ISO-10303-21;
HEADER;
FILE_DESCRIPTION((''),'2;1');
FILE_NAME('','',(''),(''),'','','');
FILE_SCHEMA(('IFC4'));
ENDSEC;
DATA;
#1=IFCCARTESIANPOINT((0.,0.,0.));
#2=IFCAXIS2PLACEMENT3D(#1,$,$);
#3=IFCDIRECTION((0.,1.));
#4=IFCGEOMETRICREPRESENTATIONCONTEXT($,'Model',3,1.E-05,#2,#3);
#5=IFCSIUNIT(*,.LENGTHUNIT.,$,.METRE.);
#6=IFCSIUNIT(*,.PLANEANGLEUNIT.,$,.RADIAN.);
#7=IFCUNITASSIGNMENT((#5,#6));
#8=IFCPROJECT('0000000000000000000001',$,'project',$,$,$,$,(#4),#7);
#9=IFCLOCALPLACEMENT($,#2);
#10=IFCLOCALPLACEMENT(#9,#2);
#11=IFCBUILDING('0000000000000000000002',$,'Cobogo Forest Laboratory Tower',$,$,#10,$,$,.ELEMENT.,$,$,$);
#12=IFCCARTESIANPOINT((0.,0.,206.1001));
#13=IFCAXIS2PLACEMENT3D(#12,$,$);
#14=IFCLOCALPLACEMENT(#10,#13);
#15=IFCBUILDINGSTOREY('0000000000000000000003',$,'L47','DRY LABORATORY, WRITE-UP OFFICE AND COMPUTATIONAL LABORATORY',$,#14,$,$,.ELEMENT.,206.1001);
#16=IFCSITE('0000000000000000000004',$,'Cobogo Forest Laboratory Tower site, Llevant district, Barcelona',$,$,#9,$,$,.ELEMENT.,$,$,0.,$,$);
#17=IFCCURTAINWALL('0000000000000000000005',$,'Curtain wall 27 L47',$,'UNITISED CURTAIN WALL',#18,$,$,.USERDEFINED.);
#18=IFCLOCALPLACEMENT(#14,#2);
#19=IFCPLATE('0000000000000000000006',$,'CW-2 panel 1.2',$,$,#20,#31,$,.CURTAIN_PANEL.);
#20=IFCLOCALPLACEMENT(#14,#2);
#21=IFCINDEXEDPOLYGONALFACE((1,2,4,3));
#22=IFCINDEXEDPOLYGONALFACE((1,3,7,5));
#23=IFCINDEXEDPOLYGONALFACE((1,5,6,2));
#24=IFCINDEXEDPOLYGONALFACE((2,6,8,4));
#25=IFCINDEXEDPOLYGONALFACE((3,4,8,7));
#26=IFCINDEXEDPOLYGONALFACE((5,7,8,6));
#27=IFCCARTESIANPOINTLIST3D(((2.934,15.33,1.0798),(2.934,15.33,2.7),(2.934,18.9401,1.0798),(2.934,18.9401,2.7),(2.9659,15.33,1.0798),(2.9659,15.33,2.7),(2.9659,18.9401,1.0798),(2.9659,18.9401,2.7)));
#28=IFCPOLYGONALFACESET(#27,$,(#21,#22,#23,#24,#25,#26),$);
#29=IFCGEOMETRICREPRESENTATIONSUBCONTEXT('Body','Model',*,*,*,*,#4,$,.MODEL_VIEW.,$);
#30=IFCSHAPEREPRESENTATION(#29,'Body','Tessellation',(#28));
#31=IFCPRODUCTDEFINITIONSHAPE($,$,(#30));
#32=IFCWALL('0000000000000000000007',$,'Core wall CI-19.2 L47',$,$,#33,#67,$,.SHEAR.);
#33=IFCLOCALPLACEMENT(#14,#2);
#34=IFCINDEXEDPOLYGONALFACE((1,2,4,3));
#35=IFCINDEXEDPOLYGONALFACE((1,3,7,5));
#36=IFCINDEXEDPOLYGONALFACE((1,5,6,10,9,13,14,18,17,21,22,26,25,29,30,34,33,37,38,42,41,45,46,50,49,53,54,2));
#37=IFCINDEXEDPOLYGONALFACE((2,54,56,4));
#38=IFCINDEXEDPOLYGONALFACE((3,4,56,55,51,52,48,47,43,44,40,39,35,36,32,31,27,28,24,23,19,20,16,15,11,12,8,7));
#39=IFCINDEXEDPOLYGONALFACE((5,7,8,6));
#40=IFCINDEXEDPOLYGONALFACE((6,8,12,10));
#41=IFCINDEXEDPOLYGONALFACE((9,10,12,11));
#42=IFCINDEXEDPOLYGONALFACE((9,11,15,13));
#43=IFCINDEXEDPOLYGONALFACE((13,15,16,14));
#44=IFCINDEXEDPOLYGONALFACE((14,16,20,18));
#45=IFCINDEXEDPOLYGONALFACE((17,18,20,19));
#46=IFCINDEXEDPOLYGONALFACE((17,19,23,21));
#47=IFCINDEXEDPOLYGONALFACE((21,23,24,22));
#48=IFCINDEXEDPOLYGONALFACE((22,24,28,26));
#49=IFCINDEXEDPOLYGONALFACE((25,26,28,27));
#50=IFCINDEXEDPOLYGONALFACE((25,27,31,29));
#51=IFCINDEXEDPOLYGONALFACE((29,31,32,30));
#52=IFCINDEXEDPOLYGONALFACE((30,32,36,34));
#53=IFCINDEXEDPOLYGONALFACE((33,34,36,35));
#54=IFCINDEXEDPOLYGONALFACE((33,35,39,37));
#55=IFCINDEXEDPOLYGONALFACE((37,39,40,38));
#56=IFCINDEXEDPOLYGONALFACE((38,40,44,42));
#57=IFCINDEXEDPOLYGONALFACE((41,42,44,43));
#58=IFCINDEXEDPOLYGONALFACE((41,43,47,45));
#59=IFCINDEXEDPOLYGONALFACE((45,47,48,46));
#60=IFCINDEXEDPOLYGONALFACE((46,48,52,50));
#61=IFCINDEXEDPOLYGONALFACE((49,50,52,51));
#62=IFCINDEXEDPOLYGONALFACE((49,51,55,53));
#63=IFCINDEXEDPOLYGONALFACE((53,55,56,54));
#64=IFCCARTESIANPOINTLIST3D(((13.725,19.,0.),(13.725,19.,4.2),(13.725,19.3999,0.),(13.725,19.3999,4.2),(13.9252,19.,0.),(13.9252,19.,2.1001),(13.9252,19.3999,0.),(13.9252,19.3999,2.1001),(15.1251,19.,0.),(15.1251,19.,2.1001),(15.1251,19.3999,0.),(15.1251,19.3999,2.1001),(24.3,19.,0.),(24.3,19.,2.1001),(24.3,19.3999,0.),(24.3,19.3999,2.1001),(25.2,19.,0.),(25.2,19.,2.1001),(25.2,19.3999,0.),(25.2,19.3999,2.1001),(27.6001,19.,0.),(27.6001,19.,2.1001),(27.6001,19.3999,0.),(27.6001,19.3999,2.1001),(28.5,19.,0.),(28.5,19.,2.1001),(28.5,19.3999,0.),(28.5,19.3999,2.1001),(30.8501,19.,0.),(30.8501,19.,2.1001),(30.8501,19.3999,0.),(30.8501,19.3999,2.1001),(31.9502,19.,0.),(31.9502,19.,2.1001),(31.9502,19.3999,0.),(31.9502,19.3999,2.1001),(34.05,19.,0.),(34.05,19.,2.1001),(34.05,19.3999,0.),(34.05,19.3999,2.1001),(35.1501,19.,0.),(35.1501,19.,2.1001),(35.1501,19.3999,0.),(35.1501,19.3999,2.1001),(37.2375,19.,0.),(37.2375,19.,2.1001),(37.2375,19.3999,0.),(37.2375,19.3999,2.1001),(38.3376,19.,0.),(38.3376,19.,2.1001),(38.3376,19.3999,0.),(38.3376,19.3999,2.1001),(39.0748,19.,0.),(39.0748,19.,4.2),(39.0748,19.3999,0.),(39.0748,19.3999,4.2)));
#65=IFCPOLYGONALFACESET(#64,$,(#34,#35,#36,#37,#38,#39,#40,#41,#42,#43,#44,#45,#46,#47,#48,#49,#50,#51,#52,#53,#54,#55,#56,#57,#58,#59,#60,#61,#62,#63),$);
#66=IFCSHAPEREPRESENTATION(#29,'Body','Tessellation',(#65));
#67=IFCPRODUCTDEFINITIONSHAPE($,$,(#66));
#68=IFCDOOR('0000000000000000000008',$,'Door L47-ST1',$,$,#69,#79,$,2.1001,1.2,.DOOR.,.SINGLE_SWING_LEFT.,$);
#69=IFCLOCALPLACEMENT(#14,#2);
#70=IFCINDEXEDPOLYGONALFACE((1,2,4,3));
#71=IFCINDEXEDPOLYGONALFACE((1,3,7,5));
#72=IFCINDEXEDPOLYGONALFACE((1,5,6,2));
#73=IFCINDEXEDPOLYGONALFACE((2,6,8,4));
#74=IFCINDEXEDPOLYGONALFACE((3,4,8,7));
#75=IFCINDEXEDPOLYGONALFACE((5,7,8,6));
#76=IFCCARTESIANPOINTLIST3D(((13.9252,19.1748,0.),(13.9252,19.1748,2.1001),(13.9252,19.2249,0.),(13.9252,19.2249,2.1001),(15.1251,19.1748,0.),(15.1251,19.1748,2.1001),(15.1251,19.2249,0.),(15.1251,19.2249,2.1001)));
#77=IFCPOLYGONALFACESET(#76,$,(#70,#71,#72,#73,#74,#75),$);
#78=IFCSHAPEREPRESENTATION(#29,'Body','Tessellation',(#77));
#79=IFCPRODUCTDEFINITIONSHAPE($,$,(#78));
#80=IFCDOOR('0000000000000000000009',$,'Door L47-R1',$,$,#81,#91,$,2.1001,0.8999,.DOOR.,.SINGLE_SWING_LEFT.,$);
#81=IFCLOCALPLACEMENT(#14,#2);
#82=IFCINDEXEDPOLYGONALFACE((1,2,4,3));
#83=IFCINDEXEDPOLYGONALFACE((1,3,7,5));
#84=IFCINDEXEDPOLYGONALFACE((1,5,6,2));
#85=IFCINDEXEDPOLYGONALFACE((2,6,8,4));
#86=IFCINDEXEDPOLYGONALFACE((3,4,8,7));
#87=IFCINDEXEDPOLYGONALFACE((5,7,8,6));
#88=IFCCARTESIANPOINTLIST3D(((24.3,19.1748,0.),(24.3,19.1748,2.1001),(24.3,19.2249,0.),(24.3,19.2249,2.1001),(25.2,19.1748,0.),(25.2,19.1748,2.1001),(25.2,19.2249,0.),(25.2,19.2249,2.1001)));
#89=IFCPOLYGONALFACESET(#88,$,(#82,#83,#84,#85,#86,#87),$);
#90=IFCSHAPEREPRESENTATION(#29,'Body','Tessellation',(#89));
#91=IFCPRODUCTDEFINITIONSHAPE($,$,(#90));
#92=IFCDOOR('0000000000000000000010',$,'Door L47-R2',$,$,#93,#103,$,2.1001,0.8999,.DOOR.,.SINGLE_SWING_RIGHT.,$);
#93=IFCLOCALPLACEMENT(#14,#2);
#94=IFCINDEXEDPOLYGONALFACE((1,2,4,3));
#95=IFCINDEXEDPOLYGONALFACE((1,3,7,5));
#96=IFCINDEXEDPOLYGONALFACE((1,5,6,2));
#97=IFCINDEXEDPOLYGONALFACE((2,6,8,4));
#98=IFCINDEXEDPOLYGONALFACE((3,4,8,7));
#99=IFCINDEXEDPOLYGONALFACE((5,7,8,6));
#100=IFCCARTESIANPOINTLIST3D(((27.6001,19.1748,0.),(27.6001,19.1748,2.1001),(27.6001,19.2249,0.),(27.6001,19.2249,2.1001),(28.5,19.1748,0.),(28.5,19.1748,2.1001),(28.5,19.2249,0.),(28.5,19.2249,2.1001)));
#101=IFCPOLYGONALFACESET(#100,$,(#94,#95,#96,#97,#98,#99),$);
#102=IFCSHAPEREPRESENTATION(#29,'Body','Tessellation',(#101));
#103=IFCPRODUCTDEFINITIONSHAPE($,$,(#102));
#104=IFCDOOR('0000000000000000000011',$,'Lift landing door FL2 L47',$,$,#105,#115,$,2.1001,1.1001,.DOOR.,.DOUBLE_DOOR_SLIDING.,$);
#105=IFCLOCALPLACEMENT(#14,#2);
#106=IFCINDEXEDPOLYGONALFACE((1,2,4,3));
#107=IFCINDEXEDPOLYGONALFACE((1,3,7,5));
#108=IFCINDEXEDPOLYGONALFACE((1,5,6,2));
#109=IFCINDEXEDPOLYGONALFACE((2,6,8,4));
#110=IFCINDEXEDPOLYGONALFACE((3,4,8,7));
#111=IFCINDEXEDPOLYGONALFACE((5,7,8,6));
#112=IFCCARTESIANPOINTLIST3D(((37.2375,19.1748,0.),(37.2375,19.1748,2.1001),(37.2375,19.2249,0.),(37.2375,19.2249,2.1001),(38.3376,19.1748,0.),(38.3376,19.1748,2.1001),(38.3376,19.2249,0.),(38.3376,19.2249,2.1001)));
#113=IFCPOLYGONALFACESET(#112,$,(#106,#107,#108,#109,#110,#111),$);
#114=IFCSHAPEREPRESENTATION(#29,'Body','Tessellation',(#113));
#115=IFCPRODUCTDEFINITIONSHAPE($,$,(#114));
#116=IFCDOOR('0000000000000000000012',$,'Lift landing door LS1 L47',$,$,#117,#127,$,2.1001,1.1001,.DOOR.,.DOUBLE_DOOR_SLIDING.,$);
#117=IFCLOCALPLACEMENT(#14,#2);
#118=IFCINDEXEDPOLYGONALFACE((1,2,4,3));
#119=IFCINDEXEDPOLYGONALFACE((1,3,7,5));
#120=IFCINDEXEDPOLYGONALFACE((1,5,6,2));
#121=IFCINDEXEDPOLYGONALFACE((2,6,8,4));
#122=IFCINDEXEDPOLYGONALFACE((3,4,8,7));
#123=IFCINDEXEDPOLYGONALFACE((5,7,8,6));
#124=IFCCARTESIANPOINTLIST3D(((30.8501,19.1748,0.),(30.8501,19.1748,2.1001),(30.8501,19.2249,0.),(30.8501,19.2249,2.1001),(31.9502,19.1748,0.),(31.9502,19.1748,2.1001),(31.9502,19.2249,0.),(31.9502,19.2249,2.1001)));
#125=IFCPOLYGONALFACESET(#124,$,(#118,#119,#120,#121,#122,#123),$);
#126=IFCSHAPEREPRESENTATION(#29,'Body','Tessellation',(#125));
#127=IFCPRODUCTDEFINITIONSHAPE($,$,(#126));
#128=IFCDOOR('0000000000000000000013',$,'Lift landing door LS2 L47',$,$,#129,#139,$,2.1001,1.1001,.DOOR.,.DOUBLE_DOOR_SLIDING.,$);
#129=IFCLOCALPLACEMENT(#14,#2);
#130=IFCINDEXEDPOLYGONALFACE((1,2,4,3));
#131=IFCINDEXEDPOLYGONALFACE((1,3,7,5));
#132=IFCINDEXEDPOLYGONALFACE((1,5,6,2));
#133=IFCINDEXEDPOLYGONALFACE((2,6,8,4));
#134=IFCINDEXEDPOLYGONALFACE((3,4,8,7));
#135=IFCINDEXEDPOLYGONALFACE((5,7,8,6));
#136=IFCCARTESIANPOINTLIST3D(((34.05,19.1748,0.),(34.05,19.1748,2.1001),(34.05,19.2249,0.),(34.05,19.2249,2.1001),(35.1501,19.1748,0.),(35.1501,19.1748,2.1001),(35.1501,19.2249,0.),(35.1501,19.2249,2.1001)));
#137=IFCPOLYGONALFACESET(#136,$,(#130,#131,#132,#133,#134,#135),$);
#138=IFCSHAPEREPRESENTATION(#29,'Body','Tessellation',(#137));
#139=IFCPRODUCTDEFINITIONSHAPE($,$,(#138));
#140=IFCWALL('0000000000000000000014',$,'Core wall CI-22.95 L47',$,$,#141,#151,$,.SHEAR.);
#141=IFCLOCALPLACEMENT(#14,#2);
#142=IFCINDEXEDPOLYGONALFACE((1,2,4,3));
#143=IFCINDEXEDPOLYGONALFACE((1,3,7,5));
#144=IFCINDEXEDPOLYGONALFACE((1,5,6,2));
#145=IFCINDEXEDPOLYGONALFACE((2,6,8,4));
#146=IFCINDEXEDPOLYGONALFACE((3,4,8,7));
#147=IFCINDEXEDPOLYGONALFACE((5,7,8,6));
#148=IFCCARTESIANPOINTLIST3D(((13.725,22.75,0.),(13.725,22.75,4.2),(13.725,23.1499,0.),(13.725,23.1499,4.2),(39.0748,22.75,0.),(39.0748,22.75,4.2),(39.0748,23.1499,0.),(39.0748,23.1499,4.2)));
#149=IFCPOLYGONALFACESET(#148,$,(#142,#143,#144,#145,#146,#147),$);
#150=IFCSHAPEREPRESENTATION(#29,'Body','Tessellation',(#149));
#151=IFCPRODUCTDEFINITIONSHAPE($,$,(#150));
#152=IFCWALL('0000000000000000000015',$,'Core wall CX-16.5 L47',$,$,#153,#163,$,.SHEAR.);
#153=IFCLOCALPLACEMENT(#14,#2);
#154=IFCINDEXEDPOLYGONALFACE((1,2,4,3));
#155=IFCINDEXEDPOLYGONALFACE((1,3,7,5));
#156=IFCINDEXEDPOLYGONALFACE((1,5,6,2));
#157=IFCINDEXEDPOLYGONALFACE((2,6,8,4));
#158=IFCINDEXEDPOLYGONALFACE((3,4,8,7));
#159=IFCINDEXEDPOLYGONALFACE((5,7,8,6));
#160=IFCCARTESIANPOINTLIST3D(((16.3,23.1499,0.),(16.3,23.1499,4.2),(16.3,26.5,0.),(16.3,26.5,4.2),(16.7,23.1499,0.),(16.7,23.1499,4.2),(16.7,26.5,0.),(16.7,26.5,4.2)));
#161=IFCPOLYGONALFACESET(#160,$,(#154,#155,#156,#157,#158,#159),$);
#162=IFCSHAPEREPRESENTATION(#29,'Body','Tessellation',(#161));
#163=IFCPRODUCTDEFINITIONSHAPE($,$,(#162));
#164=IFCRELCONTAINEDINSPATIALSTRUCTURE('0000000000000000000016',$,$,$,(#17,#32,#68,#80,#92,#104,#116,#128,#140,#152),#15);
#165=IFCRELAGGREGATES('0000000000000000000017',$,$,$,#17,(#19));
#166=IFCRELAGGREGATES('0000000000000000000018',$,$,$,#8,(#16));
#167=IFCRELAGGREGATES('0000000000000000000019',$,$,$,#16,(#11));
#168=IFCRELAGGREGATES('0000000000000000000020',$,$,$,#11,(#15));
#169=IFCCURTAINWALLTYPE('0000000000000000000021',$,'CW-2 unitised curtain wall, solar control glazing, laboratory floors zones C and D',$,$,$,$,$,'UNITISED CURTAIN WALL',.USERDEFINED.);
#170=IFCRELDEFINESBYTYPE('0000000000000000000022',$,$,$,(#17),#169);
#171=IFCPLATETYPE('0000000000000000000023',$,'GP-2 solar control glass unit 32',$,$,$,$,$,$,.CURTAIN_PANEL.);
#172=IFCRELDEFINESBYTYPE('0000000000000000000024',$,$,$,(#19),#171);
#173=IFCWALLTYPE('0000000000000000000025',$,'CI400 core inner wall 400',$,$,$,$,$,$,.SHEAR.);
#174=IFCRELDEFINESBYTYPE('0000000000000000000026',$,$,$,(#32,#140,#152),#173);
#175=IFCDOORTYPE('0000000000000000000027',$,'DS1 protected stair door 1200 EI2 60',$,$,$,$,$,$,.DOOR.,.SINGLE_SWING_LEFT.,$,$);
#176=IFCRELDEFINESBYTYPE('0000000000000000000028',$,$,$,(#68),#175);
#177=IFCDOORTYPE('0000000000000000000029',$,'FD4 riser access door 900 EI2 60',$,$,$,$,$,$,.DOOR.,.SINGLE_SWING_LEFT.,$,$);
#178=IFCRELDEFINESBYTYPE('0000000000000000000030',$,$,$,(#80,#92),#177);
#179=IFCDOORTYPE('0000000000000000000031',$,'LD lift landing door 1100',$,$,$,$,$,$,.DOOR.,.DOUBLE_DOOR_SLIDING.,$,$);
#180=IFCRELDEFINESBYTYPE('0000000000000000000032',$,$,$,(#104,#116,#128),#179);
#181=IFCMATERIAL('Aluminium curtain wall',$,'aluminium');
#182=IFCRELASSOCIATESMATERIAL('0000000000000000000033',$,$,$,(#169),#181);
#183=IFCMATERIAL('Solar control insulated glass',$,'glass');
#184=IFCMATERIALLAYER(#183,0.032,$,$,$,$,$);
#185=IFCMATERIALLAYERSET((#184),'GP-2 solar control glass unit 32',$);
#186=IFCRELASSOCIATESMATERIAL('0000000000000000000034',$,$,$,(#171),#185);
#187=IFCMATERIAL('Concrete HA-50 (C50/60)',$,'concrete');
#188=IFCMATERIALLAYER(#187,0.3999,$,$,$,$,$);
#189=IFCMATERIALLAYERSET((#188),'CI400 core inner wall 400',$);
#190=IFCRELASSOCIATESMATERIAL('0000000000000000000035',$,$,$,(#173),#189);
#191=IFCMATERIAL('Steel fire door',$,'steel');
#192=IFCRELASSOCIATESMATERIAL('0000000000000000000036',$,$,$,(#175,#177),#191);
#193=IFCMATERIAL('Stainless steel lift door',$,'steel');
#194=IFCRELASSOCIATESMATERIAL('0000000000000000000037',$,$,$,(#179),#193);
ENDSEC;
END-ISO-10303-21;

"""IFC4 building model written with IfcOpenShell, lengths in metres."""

from ifc_helpers import new_model, si_unit, direction, frame, frame_2d, origin, origin_2d, place, context, subcontext, project, spatial, rectangle, extrude, material, layer, layer_set, type_object, element, fill, aggregate, save


model = new_model("IFC4")

# Units and contexts
model_context = context("Model", 3, precision=1e-05, world=origin(), true_north=direction((0.0, 1.0)))
body_context = subcontext(model_context, "Body", "Model", "MODEL_VIEW")
ifc_project = project(units=[si_unit("LENGTHUNIT", "METRE"), si_unit("PLANEANGLEUNIT", "RADIAN")], contexts=[model_context])

# Site, building, storey
site_placement = place(None, origin())
site = spatial("IfcSite", under=ifc_project, at=site_placement, Name="Cobogo Forest Laboratory Tower site, Llevant district, Barcelona", CompositionType="ELEMENT", RefElevation=0.0)
building_placement = place(site_placement, origin())
building = spatial("IfcBuilding", under=site, at=building_placement, Name="Cobogo Forest Laboratory Tower", CompositionType="ELEMENT")
storey_placement = place(building_placement, frame((0.0, 0.0, 206.1001)))
storey = spatial("IfcBuildingStorey", under=building, at=storey_placement, Name="L47", Description="DRY LABORATORY, WRITE-UP OFFICE AND COMPUTATIONAL LABORATORY", CompositionType="ELEMENT", Elevation=206.1001)

# Shared definitions
ifc_material_1 = material(Name="Concrete HA-50 (C50/60)", Category="concrete")

# Shared definitions
ifc_material_2 = material(Name="Aluminium curtain wall", Category="aluminium")
curtain_wall_type = type_object("IfcCurtainWallType", Name="CW-2 unitised curtain wall, solar control glazing, laboratory floors zones C and D", ElementType="UNITISED CURTAIN WALL", PredefinedType="USERDEFINED", material=ifc_material_2)

# Curtain wall
curtain_wall_1_placement = place(storey_placement, origin())
curtain_wall_1 = element("IfcCurtainWall", 1, at=curtain_wall_1_placement, inside=storey, type_object=curtain_wall_type, Name="Curtain wall 27 L47", ObjectType="UNITISED CURTAIN WALL", PredefinedType="USERDEFINED")

# Plate
ifc_material_3 = material(Name="Solar control insulated glass", Category="glass")
ifc_layer_1 = layer(ifc_material_3, 0.032)
ifc_layer_set_1 = layer_set([ifc_layer_1], Name="GP-2 solar control glass unit 32")
plate_type_1 = type_object("IfcPlateType", Name="GP-2 solar control glass unit 32", PredefinedType="CURTAIN_PANEL", material=ifc_layer_set_1)
plate_1_placement = place(storey_placement, frame((2.95, 17.135, 1.0798), z_axis=(0.0, 0.0, 1.0), x_axis=(0.0, -1.0, 0.0)))
plate_1 = element("IfcPlate", 2, at=plate_1_placement, type_object=plate_type_1, Name="CW-2 panel 1.2", PredefinedType="CURTAIN_PANEL", context=body_context, shape_type="SweptSolid", body=[
    extrude(rectangle(XDim=3.6101, YDim=0.032, at=origin_2d()), origin(), (0.0, 0.0, 1.0), 1.6201),
])
aggregate(curtain_wall_1, [plate_1])

# Wall, openings, doors
ifc_layer_2 = layer(ifc_material_1, 0.3999)
ifc_layer_set_2 = layer_set([ifc_layer_2], Name="CI400 core inner wall 400")
wall_type_1 = type_object("IfcWallType", Name="CI400 core inner wall 400", PredefinedType="SHEAR", material=ifc_layer_set_2)
wall_1_placement = place(storey_placement, frame((13.7251, 19.2, 0.0), z_axis=(0.0, 0.0, 1.0), x_axis=(1.0, 0.0, 0.0)))
wall_1 = element("IfcWall", 3, at=wall_1_placement, inside=storey, type_object=wall_type_1, Name="Core wall CI-19.2 L47", PredefinedType="SHEAR", context=body_context, shape_type="SweptSolid", body=[
    extrude(rectangle(XDim=25.3499, YDim=0.3999, at=frame_2d((12.6748, 0.0))), origin(), (0.0, 0.0, 1.0), 4.2),
])
opening_1_placement = place(wall_1_placement, frame((10.575, 0.0, 0.0)))
opening_1 = element("IfcOpeningElement", 4, at=opening_1_placement, cuts=wall_1, PredefinedType="OPENING", context=body_context, shape_type="SweptSolid", body=[
    extrude(rectangle(XDim=0.8999, YDim=2.1001, at=frame_2d((0.45, 1.05))), frame((0.0, 0.21, 0.0), z_axis=(0.0, -1.0, 0.0), x_axis=(1.0, 0.0, 0.0)), (0.0, 0.0, 1.0), 0.4199),
])
opening_2_placement = place(wall_1_placement, frame((13.875, 0.0, 0.0)))
opening_2 = element("IfcOpeningElement", 5, at=opening_2_placement, cuts=wall_1, PredefinedType="OPENING", context=body_context, shape_type="SweptSolid", body=[
    extrude(rectangle(XDim=0.8999, YDim=2.1001, at=frame_2d((0.45, 1.05))), frame((0.0, 0.21, 0.0), z_axis=(0.0, -1.0, 0.0), x_axis=(1.0, 0.0, 0.0)), (0.0, 0.0, 1.0), 0.4199),
])
opening_3_placement = place(wall_1_placement, frame((0.2, 0.0, 0.0)))
opening_3 = element("IfcOpeningElement", 6, at=opening_3_placement, cuts=wall_1, PredefinedType="OPENING", context=body_context, shape_type="SweptSolid", body=[
    extrude(rectangle(XDim=1.2, YDim=2.1001, at=frame_2d((0.6001, 1.05))), frame((0.0, 0.21, 0.0), z_axis=(0.0, -1.0, 0.0), x_axis=(1.0, 0.0, 0.0)), (0.0, 0.0, 1.0), 0.4199),
])
opening_4_placement = place(wall_1_placement, frame((23.5125, 0.0, 0.0)))
opening_4 = element("IfcOpeningElement", 7, at=opening_4_placement, cuts=wall_1, PredefinedType="OPENING", context=body_context, shape_type="SweptSolid", body=[
    extrude(rectangle(XDim=1.1001, YDim=2.1001, at=frame_2d((0.55, 1.05))), frame((0.0, 0.21, 0.0), z_axis=(0.0, -1.0, 0.0), x_axis=(1.0, 0.0, 0.0)), (0.0, 0.0, 1.0), 0.4199),
])
opening_5_placement = place(wall_1_placement, frame((17.125, 0.0, 0.0)))
opening_5 = element("IfcOpeningElement", 8, at=opening_5_placement, cuts=wall_1, PredefinedType="OPENING", context=body_context, shape_type="SweptSolid", body=[
    extrude(rectangle(XDim=1.1001, YDim=2.1001, at=frame_2d((0.55, 1.05))), frame((0.0, 0.21, 0.0), z_axis=(0.0, -1.0, 0.0), x_axis=(1.0, 0.0, 0.0)), (0.0, 0.0, 1.0), 0.4199),
])
opening_6_placement = place(wall_1_placement, frame((20.325, 0.0, 0.0)))
opening_6 = element("IfcOpeningElement", 9, at=opening_6_placement, cuts=wall_1, PredefinedType="OPENING", context=body_context, shape_type="SweptSolid", body=[
    extrude(rectangle(XDim=1.1001, YDim=2.1001, at=frame_2d((0.55, 1.05))), frame((0.0, 0.21, 0.0), z_axis=(0.0, -1.0, 0.0), x_axis=(1.0, 0.0, 0.0)), (0.0, 0.0, 1.0), 0.4199),
])
ifc_material_4 = material(Name="Steel fire door", Category="steel")
door_type_1 = type_object("IfcDoorType", Name="DS1 protected stair door 1200 EI2 60", OperationType="SINGLE_SWING_LEFT", PredefinedType="DOOR", material=ifc_material_4)
door_1_placement = place(opening_3_placement, origin())
door_1 = element("IfcDoor", 10, at=door_1_placement, inside=storey, type_object=door_type_1, Name="Door L47-ST1", OperationType="SINGLE_SWING_LEFT", OverallHeight=2.1001, OverallWidth=1.2, PredefinedType="DOOR", context=body_context, shape_type="SweptSolid", body=[
    extrude(rectangle(XDim=1.2, YDim=2.1001, at=frame_2d((0.6001, 1.05))), frame((0.0, 0.0249, 0.0), z_axis=(0.0, -1.0, 0.0), x_axis=(1.0, 0.0, 0.0)), (0.0, 0.0, 1.0), 0.05),
])
fill(opening_3, door_1)
door_type_2 = type_object("IfcDoorType", Name="FD4 riser access door 900 EI2 60", OperationType="SINGLE_SWING_LEFT", PredefinedType="DOOR", material=ifc_material_4)
door_2_placement = place(opening_1_placement, origin())
door_2 = element("IfcDoor", 11, at=door_2_placement, inside=storey, type_object=door_type_2, Name="Door L47-R1", OperationType="SINGLE_SWING_LEFT", OverallHeight=2.1001, OverallWidth=0.8999, PredefinedType="DOOR", context=body_context, shape_type="SweptSolid", body=[
    extrude(rectangle(XDim=0.8999, YDim=2.1001, at=frame_2d((0.45, 1.05))), frame((0.0, 0.0249, 0.0), z_axis=(0.0, -1.0, 0.0), x_axis=(1.0, 0.0, 0.0)), (0.0, 0.0, 1.0), 0.05),
])
fill(opening_1, door_2)
door_3_placement = place(opening_2_placement, origin())
door_3 = element("IfcDoor", 12, at=door_3_placement, inside=storey, type_object=door_type_2, Name="Door L47-R2", OperationType="SINGLE_SWING_RIGHT", OverallHeight=2.1001, OverallWidth=0.8999, PredefinedType="DOOR", context=body_context, shape_type="SweptSolid", body=[
    extrude(rectangle(XDim=0.8999, YDim=2.1001, at=frame_2d((0.45, 1.05))), frame((0.0, 0.0249, 0.0), z_axis=(0.0, -1.0, 0.0), x_axis=(1.0, 0.0, 0.0)), (0.0, 0.0, 1.0), 0.05),
])
fill(opening_2, door_3)
ifc_material_5 = material(Name="Stainless steel lift door", Category="steel")
door_type_3 = type_object("IfcDoorType", Name="LD lift landing door 1100", OperationType="DOUBLE_DOOR_SLIDING", PredefinedType="DOOR", material=ifc_material_5)
door_4_placement = place(opening_4_placement, origin())
door_4 = element("IfcDoor", 13, at=door_4_placement, inside=storey, type_object=door_type_3, Name="Lift landing door FL2 L47", OperationType="DOUBLE_DOOR_SLIDING", OverallHeight=2.1001, OverallWidth=1.1001, PredefinedType="DOOR", context=body_context, shape_type="SweptSolid", body=[
    extrude(rectangle(XDim=1.1001, YDim=2.1001, at=frame_2d((0.55, 1.05))), frame((0.0, 0.0249, 0.0), z_axis=(0.0, -1.0, 0.0), x_axis=(1.0, 0.0, 0.0)), (0.0, 0.0, 1.0), 0.05),
])
fill(opening_4, door_4)
door_5_placement = place(opening_5_placement, origin())
door_5 = element("IfcDoor", 14, at=door_5_placement, inside=storey, type_object=door_type_3, Name="Lift landing door LS1 L47", OperationType="DOUBLE_DOOR_SLIDING", OverallHeight=2.1001, OverallWidth=1.1001, PredefinedType="DOOR", context=body_context, shape_type="SweptSolid", body=[
    extrude(rectangle(XDim=1.1001, YDim=2.1001, at=frame_2d((0.55, 1.05))), frame((0.0, 0.0249, 0.0), z_axis=(0.0, -1.0, 0.0), x_axis=(1.0, 0.0, 0.0)), (0.0, 0.0, 1.0), 0.05),
])
fill(opening_5, door_5)
door_6_placement = place(opening_6_placement, origin())
door_6 = element("IfcDoor", 15, at=door_6_placement, inside=storey, type_object=door_type_3, Name="Lift landing door LS2 L47", OperationType="DOUBLE_DOOR_SLIDING", OverallHeight=2.1001, OverallWidth=1.1001, PredefinedType="DOOR", context=body_context, shape_type="SweptSolid", body=[
    extrude(rectangle(XDim=1.1001, YDim=2.1001, at=frame_2d((0.55, 1.05))), frame((0.0, 0.0249, 0.0), z_axis=(0.0, -1.0, 0.0), x_axis=(1.0, 0.0, 0.0)), (0.0, 0.0, 1.0), 0.05),
])
fill(opening_6, door_6)

# Walls
wall_2_placement = place(storey_placement, frame((13.7251, 22.95, 0.0), z_axis=(0.0, 0.0, 1.0), x_axis=(1.0, 0.0, 0.0)))
element("IfcWall", 16, at=wall_2_placement, inside=storey, type_object=wall_type_1, Name="Core wall CI-22.95 L47", PredefinedType="SHEAR", context=body_context, shape_type="SweptSolid", body=[
    extrude(rectangle(XDim=25.3499, YDim=0.3999, at=frame_2d((12.6748, 0.0))), origin(), (0.0, 0.0, 1.0), 4.2),
])
wall_3_placement = place(storey_placement, frame((16.5, 23.1499, 0.0), z_axis=(0.0, 0.0, 1.0), x_axis=(0.0, 1.0, 0.0)))
element("IfcWall", 17, at=wall_3_placement, inside=storey, type_object=wall_type_1, Name="Core wall CX-16.5 L47", PredefinedType="SHEAR", context=body_context, shape_type="SweptSolid", body=[
    extrude(rectangle(XDim=3.3501, YDim=0.3999, at=frame_2d((1.675, 0.0))), origin(), (0.0, 0.0, 1.0), 4.2),
])

save(model, "model.ifc")
